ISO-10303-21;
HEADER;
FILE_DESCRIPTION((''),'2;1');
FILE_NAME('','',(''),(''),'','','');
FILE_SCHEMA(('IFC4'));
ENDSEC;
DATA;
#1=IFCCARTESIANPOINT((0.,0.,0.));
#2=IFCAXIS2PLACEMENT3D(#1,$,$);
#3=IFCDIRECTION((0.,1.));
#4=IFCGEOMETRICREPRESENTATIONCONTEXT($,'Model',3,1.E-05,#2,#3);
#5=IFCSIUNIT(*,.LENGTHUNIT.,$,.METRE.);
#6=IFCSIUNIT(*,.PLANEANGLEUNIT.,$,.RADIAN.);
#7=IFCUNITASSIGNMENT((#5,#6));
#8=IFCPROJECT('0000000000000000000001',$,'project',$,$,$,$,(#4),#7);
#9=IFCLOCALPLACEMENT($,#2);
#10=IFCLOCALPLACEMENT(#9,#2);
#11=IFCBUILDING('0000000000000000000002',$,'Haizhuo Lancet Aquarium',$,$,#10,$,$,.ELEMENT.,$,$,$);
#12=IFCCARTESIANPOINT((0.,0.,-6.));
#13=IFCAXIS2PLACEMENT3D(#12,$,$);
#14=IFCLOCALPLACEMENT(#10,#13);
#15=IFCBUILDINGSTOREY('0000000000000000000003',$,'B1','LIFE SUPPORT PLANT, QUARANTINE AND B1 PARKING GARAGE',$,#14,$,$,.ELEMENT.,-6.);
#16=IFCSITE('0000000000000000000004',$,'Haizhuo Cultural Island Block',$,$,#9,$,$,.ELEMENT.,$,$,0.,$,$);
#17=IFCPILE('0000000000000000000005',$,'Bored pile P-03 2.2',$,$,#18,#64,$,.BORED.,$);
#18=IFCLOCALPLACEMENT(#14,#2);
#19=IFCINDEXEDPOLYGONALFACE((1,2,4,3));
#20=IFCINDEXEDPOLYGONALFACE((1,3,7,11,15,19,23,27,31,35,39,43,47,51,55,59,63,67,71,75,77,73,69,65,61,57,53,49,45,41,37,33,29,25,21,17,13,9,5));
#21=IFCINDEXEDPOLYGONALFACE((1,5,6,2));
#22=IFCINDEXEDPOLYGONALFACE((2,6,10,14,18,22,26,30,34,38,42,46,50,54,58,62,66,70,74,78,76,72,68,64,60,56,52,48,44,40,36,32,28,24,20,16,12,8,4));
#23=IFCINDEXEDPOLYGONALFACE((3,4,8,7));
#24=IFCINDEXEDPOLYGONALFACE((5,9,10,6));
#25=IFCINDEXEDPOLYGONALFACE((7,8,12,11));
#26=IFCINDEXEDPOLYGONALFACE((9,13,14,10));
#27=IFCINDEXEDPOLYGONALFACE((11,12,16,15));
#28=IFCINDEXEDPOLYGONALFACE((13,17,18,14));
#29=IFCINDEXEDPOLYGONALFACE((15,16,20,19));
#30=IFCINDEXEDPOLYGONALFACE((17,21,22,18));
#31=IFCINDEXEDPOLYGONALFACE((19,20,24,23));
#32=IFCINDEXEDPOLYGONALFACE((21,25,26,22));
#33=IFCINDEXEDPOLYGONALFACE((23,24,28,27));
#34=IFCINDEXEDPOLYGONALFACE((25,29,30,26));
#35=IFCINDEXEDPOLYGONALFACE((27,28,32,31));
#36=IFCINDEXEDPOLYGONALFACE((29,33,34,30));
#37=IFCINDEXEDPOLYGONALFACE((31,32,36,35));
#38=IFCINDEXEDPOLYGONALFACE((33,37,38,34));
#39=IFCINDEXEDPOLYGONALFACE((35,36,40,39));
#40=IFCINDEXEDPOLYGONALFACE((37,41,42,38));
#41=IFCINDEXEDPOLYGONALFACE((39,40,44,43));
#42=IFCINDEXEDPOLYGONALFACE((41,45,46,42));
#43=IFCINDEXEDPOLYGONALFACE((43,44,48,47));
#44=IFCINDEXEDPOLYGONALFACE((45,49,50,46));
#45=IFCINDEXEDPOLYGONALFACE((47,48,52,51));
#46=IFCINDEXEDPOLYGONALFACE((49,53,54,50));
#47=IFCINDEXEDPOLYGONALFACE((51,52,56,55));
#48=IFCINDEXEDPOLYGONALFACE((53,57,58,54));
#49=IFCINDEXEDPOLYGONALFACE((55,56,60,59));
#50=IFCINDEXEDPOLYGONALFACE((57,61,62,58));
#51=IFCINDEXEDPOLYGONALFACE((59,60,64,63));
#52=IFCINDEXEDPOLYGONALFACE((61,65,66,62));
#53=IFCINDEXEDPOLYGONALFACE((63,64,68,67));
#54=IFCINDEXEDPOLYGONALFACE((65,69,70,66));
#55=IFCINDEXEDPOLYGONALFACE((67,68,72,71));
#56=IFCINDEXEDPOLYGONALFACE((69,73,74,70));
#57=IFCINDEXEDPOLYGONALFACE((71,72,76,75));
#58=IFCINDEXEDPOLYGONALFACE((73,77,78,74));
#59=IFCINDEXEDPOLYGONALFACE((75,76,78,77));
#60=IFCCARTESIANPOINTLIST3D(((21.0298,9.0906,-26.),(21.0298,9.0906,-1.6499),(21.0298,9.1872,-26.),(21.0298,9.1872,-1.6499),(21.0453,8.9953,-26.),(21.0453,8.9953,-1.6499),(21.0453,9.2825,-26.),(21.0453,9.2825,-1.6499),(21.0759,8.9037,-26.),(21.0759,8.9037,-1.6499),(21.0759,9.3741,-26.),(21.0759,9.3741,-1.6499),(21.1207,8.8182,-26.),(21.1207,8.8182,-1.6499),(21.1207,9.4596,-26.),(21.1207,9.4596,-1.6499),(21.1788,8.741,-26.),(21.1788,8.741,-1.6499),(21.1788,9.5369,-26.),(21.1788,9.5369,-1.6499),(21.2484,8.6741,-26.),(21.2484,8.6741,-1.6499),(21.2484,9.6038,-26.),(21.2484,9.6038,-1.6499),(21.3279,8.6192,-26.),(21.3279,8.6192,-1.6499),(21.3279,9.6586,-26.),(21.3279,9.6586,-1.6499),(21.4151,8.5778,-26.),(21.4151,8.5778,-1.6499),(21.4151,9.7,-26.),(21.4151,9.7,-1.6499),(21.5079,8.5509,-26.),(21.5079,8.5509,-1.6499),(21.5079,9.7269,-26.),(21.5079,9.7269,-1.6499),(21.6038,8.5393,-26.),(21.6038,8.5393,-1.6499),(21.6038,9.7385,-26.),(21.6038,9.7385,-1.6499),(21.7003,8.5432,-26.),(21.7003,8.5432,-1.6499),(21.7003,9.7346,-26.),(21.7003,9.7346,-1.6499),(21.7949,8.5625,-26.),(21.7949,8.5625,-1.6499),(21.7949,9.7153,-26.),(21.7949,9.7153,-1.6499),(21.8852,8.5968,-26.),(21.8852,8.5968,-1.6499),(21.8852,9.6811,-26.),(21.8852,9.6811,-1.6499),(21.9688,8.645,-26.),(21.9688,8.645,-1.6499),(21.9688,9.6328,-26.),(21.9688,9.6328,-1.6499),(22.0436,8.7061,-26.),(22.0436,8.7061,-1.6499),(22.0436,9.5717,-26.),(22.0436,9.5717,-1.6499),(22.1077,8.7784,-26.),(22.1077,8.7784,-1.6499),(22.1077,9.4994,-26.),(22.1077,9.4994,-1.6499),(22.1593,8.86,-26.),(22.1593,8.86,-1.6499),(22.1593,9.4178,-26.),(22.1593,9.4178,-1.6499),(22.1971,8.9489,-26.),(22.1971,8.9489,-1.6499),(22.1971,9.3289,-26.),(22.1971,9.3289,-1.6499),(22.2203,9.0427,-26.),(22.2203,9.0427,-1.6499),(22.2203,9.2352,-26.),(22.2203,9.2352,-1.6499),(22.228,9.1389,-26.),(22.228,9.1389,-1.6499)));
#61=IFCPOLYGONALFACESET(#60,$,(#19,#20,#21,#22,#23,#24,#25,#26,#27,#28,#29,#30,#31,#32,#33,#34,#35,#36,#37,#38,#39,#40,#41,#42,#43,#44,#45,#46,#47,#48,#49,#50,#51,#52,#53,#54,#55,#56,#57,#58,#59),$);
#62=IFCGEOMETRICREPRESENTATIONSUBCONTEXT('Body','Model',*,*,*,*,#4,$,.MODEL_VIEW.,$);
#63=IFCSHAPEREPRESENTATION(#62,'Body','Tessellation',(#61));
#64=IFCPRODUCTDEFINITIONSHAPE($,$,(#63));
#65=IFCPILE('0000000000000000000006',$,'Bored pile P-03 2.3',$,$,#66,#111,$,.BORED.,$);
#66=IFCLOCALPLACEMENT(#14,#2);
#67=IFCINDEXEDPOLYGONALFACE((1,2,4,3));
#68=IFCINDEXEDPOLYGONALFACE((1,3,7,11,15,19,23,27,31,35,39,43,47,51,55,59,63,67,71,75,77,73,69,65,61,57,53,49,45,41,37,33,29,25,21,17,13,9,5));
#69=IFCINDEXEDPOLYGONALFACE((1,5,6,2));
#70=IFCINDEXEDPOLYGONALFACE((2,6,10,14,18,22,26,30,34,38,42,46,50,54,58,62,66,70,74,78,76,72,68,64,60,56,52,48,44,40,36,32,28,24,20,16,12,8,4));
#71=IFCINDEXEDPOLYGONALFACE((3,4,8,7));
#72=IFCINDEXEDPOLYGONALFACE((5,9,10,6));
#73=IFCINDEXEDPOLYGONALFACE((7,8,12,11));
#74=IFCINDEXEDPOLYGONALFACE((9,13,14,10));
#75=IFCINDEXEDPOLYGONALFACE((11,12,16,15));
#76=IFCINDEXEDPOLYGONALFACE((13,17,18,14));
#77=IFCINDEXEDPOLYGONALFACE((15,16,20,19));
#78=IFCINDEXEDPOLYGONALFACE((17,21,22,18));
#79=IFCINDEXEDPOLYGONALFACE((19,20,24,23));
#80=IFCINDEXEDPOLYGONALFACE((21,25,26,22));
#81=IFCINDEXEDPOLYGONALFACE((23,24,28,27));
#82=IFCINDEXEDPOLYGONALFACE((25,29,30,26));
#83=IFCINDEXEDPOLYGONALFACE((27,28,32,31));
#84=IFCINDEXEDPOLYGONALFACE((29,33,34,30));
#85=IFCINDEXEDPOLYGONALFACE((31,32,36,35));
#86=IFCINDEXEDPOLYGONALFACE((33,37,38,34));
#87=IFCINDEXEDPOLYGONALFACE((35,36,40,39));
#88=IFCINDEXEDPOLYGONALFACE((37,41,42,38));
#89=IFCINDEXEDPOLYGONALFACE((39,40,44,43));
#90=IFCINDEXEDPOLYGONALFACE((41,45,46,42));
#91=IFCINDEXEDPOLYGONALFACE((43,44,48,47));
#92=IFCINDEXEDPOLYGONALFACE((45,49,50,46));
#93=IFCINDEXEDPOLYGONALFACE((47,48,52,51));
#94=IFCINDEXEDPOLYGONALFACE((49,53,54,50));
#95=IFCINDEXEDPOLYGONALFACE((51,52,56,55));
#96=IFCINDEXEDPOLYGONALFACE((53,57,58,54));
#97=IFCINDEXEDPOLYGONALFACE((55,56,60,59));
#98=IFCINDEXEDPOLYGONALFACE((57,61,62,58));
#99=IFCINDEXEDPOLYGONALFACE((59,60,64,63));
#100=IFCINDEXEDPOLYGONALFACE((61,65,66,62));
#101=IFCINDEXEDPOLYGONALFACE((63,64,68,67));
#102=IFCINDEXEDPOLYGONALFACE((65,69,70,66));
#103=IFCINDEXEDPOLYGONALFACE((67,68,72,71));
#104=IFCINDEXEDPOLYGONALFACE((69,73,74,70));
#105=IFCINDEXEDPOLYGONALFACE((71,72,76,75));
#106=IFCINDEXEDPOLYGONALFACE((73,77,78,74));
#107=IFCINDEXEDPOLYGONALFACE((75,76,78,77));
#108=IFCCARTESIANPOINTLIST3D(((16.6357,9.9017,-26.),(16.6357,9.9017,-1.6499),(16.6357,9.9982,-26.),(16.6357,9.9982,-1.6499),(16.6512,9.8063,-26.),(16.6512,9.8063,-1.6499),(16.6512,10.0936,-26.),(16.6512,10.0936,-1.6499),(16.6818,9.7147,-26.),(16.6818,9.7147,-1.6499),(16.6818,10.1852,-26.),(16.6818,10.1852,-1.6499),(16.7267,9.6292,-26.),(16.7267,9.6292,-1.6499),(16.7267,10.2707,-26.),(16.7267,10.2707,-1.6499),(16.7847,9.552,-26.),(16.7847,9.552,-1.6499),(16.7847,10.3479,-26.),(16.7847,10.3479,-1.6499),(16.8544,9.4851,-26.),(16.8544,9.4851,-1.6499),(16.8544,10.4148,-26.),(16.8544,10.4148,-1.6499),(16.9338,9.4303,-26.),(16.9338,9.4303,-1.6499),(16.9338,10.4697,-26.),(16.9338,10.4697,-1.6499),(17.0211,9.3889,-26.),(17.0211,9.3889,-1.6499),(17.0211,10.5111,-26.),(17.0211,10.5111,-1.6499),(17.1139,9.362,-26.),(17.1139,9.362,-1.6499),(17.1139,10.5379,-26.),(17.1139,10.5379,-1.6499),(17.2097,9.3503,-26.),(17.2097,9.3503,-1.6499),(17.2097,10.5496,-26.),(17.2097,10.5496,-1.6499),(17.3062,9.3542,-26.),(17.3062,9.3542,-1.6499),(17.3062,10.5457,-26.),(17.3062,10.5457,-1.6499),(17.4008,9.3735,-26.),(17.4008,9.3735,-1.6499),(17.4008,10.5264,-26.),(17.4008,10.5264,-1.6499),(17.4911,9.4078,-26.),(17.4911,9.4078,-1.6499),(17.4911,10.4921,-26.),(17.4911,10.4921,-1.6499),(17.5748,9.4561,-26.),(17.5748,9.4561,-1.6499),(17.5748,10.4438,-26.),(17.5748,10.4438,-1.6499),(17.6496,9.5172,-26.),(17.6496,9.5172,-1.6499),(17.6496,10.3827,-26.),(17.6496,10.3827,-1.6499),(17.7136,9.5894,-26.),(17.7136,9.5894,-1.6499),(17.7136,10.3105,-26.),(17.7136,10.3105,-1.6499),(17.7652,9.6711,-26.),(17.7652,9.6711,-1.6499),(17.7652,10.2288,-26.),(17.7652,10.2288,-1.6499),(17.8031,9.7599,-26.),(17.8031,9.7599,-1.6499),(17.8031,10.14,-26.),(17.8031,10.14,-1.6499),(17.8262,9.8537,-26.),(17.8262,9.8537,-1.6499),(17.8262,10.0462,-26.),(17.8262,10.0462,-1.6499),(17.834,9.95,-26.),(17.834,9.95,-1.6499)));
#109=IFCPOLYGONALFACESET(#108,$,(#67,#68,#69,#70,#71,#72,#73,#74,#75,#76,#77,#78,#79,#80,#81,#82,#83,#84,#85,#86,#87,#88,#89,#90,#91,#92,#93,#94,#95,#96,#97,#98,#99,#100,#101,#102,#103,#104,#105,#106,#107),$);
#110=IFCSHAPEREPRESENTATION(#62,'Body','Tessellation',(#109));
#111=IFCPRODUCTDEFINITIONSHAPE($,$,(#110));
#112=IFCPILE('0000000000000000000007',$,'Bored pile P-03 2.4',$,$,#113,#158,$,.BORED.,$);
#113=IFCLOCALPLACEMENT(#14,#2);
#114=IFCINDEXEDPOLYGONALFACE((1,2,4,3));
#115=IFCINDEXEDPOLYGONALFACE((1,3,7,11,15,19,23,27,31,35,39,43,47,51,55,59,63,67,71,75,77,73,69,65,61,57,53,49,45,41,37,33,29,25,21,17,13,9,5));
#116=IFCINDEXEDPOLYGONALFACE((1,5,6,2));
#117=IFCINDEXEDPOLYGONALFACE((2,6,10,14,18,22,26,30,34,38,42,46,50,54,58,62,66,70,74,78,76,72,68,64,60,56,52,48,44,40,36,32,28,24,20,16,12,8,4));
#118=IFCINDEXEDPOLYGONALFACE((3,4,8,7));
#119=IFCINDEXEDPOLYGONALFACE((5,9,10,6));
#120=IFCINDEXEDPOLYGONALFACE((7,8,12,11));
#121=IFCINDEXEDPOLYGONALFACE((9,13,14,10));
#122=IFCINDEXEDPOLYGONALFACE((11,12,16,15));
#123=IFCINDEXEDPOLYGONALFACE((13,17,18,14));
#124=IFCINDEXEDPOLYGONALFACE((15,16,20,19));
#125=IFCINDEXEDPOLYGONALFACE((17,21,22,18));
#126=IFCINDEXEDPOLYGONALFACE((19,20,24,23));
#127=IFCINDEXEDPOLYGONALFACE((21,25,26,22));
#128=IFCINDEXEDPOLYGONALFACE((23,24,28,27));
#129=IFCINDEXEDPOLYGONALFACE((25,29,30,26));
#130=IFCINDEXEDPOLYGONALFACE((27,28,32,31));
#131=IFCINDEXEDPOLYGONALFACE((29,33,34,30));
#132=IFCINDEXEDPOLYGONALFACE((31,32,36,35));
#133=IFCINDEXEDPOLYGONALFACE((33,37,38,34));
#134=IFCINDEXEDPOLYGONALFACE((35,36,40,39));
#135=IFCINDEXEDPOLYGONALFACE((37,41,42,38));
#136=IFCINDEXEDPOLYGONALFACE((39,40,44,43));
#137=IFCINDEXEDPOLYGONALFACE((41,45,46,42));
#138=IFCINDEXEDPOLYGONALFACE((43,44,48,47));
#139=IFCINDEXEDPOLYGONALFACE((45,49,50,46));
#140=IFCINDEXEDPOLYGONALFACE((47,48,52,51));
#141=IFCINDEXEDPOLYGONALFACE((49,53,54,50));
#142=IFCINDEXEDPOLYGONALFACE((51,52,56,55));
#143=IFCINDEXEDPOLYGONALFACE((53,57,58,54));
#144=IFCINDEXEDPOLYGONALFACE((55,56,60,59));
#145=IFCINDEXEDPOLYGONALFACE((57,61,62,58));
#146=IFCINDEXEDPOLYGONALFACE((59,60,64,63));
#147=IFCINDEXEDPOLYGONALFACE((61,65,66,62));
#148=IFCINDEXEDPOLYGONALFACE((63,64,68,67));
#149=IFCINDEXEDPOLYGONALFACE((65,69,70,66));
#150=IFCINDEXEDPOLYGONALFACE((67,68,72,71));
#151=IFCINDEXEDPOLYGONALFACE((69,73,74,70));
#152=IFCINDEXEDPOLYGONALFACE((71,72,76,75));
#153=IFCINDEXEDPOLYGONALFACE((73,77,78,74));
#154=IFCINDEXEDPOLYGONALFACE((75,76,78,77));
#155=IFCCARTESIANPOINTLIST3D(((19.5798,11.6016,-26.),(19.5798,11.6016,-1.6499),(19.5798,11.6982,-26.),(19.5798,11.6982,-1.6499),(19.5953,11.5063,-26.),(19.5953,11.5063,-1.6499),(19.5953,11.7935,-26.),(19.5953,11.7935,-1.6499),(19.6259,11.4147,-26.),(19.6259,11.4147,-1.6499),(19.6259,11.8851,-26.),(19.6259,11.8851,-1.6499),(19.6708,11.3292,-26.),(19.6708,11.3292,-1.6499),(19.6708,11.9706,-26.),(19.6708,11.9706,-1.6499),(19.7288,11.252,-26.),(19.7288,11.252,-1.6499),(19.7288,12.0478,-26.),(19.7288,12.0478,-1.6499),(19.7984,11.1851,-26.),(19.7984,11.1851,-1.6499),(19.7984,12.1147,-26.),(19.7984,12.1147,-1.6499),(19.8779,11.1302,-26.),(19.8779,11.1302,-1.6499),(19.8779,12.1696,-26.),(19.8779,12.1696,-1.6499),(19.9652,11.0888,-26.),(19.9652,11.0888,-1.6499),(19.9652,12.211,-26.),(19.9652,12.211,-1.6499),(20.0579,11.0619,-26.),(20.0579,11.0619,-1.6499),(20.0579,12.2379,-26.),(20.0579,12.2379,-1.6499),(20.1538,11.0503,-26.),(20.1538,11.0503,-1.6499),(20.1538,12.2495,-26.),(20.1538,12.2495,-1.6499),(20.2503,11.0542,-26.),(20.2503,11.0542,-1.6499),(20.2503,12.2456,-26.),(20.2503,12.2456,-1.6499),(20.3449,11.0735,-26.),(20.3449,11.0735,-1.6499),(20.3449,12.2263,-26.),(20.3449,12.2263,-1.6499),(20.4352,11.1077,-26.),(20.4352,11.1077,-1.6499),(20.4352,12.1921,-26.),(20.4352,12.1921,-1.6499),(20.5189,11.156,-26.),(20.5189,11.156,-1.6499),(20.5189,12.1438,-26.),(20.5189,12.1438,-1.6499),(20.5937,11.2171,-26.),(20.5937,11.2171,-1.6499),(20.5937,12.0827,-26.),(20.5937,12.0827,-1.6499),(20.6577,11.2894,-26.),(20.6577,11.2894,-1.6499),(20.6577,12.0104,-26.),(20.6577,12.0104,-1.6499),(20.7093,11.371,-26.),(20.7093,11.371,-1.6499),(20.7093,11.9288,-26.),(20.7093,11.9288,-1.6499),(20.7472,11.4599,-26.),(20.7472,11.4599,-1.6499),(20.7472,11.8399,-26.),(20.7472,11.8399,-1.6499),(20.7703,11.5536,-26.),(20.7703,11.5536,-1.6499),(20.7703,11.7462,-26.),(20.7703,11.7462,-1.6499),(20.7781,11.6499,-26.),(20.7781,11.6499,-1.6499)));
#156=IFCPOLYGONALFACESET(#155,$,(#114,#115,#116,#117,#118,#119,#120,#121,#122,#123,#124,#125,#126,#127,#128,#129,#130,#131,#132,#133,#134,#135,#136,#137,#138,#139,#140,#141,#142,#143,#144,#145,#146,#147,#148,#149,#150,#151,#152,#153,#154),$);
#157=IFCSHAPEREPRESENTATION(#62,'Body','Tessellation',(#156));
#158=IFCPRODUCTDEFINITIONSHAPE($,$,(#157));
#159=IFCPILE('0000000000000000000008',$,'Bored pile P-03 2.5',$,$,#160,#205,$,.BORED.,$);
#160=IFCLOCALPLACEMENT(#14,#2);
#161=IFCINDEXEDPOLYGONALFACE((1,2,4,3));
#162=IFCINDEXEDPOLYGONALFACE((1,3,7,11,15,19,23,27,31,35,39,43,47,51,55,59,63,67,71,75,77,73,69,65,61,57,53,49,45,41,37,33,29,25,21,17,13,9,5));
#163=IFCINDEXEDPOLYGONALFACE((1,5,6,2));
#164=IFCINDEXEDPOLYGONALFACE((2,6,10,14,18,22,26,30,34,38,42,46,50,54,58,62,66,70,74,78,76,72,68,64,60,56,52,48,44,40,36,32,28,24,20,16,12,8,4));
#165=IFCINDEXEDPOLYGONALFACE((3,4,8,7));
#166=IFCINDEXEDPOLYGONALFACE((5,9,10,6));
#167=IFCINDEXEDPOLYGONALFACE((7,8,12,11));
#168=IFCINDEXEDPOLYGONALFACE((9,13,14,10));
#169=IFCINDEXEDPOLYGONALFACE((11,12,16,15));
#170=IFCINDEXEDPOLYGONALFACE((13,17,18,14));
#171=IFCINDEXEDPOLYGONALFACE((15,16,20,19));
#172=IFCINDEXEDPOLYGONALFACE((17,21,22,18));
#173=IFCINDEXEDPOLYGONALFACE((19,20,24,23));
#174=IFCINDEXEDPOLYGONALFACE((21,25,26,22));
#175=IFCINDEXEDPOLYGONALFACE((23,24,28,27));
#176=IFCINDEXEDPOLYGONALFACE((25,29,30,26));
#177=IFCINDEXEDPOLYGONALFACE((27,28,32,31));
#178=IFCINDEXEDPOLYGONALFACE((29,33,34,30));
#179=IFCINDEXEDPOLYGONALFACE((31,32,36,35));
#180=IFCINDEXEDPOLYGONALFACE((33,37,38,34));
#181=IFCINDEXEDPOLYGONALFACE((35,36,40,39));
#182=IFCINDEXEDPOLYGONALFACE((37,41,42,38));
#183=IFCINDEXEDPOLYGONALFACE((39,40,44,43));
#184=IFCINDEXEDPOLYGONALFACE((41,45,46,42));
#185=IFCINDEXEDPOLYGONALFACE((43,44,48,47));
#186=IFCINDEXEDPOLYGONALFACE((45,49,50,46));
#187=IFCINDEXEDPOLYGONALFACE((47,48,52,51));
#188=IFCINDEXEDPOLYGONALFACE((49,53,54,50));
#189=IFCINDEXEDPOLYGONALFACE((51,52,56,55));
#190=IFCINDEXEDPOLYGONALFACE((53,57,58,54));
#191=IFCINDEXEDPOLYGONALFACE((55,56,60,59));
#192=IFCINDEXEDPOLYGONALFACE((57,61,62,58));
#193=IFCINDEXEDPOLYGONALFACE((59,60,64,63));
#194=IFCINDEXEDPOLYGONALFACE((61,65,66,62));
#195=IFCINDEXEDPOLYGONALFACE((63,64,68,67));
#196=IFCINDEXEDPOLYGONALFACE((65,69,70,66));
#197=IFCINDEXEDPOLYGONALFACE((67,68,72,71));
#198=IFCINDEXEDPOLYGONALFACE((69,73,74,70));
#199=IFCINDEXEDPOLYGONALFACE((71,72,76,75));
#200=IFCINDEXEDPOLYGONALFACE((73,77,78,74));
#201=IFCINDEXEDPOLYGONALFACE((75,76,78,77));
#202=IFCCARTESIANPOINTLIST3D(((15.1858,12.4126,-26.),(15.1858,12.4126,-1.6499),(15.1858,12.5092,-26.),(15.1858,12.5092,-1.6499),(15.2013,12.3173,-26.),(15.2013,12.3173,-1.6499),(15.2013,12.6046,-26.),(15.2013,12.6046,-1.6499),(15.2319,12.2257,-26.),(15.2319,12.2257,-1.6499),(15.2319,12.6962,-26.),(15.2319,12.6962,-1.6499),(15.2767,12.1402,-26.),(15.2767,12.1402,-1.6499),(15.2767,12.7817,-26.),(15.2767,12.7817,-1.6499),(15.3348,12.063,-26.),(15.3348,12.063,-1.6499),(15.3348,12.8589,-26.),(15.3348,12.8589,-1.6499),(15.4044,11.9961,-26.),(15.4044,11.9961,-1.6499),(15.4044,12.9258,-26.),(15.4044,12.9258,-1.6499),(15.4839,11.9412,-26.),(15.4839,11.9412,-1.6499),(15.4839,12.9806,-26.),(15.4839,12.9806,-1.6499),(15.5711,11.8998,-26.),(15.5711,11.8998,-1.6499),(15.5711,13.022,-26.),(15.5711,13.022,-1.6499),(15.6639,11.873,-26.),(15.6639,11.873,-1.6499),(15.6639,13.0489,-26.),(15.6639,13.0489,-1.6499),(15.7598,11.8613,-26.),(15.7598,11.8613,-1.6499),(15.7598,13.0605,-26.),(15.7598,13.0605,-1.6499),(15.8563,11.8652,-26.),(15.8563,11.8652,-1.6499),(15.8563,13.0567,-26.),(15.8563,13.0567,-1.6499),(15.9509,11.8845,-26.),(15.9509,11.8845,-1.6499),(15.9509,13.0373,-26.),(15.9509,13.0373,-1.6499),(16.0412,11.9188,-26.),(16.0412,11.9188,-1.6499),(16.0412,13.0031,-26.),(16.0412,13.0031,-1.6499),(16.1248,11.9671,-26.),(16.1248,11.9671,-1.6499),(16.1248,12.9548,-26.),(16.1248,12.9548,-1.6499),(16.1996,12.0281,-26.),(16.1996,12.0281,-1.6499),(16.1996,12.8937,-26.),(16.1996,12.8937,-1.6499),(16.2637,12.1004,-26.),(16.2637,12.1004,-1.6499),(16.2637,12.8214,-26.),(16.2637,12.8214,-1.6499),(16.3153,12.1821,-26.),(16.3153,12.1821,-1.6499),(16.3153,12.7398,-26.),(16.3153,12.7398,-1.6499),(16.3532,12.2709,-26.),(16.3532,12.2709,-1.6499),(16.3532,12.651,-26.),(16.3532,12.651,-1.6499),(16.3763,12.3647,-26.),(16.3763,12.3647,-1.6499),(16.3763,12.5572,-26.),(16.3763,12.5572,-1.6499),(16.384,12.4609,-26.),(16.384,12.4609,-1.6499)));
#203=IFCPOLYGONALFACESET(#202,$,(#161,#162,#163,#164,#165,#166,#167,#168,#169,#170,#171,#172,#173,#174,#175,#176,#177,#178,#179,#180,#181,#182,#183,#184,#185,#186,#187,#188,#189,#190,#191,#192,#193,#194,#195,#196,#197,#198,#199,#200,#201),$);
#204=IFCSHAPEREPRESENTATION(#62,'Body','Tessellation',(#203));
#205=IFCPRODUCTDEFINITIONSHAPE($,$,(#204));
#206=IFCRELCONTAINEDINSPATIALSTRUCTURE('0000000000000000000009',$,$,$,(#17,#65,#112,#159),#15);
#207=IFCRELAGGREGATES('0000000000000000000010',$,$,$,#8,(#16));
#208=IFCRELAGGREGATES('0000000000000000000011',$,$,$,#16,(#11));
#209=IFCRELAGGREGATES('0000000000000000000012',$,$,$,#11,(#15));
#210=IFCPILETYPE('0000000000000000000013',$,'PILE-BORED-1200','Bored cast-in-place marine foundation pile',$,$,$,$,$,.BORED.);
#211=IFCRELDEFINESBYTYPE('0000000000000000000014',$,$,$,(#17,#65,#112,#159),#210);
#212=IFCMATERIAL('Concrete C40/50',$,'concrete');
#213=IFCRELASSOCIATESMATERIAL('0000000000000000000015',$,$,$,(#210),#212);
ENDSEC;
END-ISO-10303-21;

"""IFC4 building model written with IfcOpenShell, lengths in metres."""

from ifc_helpers import new_model, si_unit, direction, frame, origin, origin_2d, place, context, subcontext, project, spatial, circle, extrude, material, material_profile, profile_set, type_object, element, save


model = new_model("IFC4")

# Units and contexts
model_context = context("Model", 3, precision=1e-05, world=origin(), true_north=direction((0.0, 1.0)))
body_context = subcontext(model_context, "Body", "Model", "MODEL_VIEW")
ifc_project = project(units=[si_unit("LENGTHUNIT", "METRE"), si_unit("PLANEANGLEUNIT", "RADIAN")], contexts=[model_context])

# Site, building, storey
site_placement = place(None, origin())
site = spatial("IfcSite", under=ifc_project, at=site_placement, Name="Haizhuo Cultural Island Block", CompositionType="ELEMENT", RefElevation=0.0)
building_placement = place(site_placement, origin())
building = spatial("IfcBuilding", under=site, at=building_placement, Name="Haizhuo Lancet Aquarium", CompositionType="ELEMENT")
storey_placement = place(building_placement, frame((0.0, 0.0, -6.0)))
storey = spatial("IfcBuildingStorey", under=building, at=storey_placement, Name="B1", Description="LIFE SUPPORT PLANT, QUARANTINE AND B1 PARKING GARAGE", CompositionType="ELEMENT", Elevation=-6.0)

# Shared definitions
ifc_material_1 = material(Name="Concrete C40/50", Category="concrete")

# Piles
ifc_material_profile_1 = material_profile(ifc_material_1, circle(Radius=0.6001, at=origin_2d()), Name="PILE-1200")
ifc_profile_set_1 = profile_set([ifc_material_profile_1], Name="Concrete C40/50")
pile_type_1 = type_object("IfcPileType", Name="PILE-BORED-1200", Description="Bored cast-in-place marine foundation pile", PredefinedType="BORED", material=ifc_profile_set_1)
for number, where, z_axis, x_axis, name in (
    (1, (21.6279, 9.1389, -1.6499), (0.0, 0.0, -1.0), (1.0, 0.0, 0.0), "Bored pile P-03 2.2"),
    (2, (17.2339, 9.95, -1.6499), (0.0, 0.0, -1.0), (1.0, 0.0, 0.0), "Bored pile P-03 2.3"),
    (3, (20.178, 11.6499, -1.6499), (0.0, 0.0, -1.0), (1.0, 0.0, 0.0), "Bored pile P-03 2.4"),
    (4, (15.7839, 12.4609, -1.6499), (0.0, 0.0, -1.0), (1.0, 0.0, 0.0), "Bored pile P-03 2.5"),
):
    element("IfcPile", number, at=place(storey_placement, frame(where, z_axis=z_axis, x_axis=x_axis)), inside=storey, type_object=pile_type_1, Name=name, PredefinedType="BORED", context=body_context, shape_type="SweptSolid", body=[
        extrude(circle(Radius=0.6001, at=origin_2d()), origin(), (0.0, 0.0, 1.0), 24.3501),
    ])

save(model, "model.ifc")
